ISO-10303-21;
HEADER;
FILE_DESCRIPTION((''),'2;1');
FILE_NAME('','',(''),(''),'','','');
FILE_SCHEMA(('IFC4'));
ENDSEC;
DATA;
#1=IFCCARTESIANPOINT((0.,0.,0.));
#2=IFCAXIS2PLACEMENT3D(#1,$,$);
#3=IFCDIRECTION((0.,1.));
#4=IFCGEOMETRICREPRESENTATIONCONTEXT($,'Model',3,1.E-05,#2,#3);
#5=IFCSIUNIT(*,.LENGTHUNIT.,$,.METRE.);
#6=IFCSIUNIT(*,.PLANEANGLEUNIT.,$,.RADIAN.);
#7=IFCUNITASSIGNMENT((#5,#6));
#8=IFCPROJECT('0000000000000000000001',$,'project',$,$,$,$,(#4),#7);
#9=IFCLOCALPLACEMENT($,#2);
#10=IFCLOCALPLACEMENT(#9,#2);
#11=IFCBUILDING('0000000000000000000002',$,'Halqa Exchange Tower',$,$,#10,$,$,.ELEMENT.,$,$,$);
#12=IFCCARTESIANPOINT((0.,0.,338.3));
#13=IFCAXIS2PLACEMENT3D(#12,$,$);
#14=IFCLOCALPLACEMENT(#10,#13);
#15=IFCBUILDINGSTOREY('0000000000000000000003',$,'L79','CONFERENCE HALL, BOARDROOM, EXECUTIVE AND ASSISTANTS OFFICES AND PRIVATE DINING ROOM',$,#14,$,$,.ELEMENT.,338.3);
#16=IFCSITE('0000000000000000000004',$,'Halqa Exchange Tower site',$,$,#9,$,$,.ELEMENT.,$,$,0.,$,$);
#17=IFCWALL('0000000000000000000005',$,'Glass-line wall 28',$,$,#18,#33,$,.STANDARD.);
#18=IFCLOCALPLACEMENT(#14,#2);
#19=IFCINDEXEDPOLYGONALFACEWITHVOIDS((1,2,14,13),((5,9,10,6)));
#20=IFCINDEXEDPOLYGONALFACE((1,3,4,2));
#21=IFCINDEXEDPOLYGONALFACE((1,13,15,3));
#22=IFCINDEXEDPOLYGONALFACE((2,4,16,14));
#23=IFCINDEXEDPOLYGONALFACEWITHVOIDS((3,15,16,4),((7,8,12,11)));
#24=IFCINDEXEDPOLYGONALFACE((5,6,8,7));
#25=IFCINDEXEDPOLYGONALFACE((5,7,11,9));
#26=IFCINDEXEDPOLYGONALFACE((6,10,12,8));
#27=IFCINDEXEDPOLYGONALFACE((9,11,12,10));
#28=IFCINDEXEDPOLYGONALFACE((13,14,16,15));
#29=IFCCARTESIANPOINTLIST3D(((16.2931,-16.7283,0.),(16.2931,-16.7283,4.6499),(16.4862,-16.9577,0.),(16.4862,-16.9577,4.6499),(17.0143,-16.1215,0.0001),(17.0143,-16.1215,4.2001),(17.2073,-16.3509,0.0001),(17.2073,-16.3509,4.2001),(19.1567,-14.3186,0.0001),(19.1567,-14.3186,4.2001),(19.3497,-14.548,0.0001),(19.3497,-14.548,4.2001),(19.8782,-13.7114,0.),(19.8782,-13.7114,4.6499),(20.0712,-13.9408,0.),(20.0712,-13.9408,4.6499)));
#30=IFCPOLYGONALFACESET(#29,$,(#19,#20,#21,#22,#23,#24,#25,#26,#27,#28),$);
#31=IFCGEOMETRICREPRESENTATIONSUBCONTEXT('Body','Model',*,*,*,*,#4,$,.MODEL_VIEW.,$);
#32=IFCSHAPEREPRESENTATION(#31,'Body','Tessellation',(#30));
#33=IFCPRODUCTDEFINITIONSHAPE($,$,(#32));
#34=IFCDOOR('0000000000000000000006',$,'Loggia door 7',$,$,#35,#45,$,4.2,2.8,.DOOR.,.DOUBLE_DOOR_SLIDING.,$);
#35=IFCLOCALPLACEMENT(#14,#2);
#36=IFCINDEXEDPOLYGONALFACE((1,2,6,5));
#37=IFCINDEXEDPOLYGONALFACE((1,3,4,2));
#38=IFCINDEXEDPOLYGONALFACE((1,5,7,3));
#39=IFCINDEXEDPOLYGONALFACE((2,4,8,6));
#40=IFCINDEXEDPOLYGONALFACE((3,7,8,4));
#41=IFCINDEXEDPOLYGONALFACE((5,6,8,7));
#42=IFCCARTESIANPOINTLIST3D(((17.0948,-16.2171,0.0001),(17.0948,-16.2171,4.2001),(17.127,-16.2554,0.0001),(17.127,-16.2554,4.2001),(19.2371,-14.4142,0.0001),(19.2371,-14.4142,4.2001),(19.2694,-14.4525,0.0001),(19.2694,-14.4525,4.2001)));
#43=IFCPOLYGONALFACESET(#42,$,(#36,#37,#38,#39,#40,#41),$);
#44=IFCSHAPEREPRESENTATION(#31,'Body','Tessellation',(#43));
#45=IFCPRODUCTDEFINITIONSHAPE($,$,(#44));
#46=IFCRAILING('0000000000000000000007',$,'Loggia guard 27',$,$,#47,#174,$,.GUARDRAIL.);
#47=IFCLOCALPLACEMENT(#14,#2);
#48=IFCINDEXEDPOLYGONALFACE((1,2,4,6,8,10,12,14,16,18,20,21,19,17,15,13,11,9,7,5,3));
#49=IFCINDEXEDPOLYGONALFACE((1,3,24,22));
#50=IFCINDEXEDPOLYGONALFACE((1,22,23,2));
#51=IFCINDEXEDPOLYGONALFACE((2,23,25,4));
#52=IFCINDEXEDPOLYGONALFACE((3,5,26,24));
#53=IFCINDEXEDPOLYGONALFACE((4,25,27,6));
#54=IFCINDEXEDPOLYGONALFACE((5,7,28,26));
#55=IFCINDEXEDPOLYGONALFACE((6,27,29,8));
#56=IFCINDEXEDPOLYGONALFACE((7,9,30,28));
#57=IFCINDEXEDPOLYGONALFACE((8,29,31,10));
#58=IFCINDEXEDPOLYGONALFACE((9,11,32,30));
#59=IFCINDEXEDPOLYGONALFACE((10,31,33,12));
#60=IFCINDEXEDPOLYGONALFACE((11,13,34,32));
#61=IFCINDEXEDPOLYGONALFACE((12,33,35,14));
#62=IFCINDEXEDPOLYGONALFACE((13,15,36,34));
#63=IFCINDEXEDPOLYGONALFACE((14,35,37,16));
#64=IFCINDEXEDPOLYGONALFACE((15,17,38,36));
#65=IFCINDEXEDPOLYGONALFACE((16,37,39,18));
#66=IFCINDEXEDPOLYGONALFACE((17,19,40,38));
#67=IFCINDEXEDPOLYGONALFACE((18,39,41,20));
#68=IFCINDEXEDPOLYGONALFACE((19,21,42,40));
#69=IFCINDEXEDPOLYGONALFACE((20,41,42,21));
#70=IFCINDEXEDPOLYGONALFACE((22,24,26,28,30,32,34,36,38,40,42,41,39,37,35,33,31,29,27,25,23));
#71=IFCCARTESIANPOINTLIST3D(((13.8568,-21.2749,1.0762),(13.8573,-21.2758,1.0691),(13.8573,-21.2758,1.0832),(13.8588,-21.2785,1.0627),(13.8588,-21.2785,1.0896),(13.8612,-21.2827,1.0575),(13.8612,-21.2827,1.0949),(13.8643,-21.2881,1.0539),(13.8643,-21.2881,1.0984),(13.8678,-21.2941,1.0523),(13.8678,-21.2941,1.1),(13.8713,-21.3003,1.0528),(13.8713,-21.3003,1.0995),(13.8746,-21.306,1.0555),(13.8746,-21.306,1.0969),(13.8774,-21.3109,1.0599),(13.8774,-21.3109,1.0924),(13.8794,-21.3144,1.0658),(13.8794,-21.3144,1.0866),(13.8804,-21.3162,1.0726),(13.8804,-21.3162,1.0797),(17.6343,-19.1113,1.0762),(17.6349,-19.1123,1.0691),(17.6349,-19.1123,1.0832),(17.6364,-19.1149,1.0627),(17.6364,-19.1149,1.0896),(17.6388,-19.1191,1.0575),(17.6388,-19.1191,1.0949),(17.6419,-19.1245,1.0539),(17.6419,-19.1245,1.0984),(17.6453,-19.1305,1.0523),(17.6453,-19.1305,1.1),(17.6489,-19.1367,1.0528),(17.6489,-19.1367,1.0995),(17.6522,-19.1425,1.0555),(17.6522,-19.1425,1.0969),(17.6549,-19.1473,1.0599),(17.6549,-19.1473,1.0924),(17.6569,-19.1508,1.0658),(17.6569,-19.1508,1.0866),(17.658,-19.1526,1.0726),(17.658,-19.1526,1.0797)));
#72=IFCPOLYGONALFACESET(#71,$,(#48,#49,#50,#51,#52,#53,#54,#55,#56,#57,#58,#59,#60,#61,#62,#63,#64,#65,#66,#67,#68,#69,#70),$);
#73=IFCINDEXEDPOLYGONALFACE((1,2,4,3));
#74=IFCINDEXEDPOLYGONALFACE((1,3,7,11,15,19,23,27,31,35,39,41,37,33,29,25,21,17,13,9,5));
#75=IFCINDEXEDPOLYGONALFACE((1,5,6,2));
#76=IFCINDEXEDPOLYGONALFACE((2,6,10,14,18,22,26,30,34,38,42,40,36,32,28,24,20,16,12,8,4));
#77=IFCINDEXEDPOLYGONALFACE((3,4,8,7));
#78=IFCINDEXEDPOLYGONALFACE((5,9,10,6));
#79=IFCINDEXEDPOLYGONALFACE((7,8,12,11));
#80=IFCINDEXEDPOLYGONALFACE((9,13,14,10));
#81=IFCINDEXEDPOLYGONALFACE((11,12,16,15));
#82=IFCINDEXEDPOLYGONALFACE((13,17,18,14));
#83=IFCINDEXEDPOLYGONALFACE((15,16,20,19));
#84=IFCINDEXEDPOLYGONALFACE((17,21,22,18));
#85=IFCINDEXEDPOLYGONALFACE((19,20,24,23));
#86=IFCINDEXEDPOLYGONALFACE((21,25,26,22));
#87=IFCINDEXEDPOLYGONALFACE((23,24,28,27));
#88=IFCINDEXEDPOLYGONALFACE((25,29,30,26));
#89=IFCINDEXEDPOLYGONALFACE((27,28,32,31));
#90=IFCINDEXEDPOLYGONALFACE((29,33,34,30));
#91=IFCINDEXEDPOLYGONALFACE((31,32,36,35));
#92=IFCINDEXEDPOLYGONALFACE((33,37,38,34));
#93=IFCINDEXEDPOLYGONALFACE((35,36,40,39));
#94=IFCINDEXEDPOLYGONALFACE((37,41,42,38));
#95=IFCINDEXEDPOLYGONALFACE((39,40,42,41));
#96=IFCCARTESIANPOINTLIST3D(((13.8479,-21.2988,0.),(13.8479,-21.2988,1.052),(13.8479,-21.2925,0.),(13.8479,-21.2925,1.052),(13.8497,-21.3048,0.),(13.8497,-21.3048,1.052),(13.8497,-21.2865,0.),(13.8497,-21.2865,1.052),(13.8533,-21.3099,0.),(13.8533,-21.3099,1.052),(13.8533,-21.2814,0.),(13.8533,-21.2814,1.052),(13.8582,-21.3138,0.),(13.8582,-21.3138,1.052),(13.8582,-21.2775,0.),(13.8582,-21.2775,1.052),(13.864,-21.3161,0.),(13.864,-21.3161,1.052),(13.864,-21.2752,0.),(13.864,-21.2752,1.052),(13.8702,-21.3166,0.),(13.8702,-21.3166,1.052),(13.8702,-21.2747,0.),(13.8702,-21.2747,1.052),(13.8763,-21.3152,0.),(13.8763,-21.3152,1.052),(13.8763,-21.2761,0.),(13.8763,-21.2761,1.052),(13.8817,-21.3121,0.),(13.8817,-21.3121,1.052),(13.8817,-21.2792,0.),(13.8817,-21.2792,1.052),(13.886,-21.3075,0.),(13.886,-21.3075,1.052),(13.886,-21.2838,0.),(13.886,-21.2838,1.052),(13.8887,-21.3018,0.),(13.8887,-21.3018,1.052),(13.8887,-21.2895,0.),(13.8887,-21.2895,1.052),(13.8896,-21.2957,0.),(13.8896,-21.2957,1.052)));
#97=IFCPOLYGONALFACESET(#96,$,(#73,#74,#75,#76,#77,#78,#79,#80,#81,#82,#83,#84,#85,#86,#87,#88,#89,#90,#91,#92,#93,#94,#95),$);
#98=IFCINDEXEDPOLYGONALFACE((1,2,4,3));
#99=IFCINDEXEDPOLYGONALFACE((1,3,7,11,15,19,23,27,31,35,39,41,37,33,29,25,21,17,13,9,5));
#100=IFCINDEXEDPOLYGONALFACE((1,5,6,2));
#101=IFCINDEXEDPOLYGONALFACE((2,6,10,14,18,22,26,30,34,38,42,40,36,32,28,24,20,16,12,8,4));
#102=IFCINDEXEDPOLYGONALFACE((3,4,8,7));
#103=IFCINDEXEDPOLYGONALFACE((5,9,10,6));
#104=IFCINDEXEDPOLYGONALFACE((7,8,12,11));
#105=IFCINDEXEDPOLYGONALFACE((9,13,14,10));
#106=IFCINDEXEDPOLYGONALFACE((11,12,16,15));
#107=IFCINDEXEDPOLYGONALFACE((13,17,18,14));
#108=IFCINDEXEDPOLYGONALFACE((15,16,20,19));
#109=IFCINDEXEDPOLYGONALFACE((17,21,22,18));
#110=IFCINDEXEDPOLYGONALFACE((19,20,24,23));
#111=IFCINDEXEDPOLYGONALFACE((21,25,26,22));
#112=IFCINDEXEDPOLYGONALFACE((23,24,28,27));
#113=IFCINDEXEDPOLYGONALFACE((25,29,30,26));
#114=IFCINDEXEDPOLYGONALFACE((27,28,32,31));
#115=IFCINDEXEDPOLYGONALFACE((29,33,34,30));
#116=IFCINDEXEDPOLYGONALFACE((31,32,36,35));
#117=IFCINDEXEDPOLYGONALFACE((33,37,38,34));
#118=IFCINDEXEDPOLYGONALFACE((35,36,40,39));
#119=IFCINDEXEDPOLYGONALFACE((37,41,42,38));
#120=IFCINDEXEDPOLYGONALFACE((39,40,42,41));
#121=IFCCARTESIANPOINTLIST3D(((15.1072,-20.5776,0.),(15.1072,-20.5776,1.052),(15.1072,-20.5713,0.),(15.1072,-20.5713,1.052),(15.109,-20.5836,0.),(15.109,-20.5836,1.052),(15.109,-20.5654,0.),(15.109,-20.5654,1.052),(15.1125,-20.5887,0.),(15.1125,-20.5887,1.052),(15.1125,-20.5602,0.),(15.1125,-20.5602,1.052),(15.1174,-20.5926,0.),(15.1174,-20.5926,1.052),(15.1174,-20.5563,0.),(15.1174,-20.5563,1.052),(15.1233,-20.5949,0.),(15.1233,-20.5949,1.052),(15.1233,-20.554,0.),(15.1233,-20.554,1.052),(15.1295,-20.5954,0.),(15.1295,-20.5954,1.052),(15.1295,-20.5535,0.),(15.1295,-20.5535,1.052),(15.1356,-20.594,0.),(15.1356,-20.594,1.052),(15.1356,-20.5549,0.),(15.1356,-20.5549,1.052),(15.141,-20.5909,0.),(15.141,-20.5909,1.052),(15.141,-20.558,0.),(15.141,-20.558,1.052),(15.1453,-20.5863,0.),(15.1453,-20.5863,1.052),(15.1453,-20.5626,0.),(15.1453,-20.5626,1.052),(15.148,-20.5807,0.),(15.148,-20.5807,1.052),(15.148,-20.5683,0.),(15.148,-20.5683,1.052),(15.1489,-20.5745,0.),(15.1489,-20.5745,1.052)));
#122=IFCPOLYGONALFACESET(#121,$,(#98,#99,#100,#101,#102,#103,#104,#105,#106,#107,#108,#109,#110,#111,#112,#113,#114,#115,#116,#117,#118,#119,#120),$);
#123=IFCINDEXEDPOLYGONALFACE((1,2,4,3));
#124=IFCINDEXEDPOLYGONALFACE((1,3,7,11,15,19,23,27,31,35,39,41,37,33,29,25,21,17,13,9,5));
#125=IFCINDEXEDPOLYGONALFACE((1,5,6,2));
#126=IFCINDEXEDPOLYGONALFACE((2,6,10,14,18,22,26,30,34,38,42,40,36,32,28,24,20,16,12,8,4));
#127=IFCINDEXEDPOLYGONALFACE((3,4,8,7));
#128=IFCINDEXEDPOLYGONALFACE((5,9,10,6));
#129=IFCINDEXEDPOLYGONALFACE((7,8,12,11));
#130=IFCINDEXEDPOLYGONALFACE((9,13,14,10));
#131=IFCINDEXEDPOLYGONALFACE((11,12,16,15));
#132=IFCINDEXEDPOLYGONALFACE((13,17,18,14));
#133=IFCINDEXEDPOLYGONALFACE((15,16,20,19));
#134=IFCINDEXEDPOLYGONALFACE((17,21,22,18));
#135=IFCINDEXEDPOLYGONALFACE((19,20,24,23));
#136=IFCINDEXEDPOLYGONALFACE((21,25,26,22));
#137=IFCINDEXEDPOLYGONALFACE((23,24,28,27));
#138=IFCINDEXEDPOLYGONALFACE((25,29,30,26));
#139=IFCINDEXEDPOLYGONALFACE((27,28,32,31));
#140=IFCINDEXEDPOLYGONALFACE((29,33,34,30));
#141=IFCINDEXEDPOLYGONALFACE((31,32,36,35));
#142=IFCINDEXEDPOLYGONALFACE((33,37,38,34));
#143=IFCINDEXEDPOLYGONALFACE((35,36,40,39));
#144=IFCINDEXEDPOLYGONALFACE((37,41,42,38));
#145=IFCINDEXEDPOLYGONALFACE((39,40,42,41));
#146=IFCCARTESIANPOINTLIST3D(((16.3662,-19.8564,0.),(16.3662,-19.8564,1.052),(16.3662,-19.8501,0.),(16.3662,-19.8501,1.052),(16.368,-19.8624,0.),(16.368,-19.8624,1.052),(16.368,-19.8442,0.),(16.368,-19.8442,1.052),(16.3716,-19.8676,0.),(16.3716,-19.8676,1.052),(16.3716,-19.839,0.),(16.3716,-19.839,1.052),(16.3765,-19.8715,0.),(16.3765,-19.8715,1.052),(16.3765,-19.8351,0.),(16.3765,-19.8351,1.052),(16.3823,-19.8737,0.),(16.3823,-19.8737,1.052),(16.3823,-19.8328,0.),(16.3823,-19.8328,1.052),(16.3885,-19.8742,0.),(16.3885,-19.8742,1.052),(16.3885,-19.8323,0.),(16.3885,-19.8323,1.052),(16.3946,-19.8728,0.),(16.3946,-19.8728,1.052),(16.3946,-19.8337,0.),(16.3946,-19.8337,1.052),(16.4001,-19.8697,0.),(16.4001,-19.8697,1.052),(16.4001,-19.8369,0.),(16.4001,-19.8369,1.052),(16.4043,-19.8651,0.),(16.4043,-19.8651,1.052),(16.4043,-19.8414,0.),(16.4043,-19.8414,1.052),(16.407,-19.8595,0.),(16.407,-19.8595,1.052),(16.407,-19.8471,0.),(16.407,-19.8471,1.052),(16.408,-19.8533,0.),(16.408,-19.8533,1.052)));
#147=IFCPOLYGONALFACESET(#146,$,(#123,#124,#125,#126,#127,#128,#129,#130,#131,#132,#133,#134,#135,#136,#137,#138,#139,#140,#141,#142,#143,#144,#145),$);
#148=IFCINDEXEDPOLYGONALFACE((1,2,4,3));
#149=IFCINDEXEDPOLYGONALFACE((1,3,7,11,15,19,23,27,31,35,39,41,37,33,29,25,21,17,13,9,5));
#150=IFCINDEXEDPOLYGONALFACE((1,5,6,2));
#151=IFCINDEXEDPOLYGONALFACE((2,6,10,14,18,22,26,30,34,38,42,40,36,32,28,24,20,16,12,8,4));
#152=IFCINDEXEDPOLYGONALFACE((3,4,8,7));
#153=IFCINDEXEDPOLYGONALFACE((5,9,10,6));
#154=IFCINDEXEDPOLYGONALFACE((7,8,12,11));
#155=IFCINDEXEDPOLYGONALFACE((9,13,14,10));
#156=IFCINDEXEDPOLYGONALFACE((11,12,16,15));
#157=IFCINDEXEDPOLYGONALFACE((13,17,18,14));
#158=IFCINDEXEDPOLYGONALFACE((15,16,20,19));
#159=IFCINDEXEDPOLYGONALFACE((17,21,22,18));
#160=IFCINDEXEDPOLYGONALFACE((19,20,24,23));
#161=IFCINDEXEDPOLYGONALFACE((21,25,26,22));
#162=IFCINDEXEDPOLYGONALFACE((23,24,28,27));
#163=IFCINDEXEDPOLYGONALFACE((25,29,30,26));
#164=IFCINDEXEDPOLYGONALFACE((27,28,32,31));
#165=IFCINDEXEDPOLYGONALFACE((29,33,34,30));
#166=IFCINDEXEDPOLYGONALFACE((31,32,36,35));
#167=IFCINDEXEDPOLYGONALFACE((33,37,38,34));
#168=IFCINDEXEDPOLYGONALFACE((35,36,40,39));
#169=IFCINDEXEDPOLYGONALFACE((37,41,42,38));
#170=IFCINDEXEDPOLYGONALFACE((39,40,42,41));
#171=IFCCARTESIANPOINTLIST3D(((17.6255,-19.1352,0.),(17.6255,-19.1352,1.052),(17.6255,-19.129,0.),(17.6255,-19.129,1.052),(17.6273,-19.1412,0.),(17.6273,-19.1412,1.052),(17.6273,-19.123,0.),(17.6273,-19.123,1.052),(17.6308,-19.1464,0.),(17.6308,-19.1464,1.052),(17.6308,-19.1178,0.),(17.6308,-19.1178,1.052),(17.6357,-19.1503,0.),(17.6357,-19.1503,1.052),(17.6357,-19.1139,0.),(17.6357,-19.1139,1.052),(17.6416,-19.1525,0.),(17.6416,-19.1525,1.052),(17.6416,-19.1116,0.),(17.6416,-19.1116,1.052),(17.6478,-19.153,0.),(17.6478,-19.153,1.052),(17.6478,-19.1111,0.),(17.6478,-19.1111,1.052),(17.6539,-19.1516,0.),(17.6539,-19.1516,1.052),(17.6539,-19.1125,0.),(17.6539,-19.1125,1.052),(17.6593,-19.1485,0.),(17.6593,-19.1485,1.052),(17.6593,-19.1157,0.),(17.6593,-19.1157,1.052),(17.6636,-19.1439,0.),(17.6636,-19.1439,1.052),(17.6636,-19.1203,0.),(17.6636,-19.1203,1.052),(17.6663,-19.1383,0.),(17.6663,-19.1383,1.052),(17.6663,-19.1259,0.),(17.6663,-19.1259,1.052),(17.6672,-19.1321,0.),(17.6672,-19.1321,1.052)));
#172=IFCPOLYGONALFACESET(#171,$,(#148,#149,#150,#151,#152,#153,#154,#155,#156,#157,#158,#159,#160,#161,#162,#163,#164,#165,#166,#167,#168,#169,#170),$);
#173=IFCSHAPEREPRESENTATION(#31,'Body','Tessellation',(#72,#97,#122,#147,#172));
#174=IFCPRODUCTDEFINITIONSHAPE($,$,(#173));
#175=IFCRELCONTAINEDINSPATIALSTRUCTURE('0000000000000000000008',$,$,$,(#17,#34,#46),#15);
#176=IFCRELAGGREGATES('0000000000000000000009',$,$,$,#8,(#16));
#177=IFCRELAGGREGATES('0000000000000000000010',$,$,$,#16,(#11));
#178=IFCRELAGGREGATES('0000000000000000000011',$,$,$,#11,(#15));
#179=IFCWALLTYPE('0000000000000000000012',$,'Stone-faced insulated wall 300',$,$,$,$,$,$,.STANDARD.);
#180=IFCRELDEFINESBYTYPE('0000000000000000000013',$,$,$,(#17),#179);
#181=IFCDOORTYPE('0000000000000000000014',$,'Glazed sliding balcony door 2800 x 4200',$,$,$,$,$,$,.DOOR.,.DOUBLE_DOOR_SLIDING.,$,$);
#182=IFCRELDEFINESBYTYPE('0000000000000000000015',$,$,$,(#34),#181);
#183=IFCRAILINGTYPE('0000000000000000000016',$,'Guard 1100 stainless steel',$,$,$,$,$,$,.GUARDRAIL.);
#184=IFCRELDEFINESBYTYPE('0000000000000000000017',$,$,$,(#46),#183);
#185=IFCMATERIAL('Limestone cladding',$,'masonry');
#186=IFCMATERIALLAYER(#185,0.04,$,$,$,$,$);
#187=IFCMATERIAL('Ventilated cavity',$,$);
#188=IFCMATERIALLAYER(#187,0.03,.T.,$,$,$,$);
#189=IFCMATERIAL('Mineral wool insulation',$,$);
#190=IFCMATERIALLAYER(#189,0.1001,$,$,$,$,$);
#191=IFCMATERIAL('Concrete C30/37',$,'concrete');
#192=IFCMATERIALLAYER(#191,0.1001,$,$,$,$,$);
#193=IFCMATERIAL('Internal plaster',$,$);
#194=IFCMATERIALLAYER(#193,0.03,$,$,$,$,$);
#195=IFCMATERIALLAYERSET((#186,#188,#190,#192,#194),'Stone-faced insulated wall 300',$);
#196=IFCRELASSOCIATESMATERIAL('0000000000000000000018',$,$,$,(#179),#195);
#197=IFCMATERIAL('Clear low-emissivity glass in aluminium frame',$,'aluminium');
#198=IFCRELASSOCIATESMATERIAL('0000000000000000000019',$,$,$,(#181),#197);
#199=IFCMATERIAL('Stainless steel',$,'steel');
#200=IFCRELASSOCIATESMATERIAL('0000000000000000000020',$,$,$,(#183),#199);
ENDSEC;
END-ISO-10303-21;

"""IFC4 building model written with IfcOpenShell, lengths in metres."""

from ifc_helpers import new_model, si_unit, direction, frame, frame_2d, origin, origin_2d, place, context, subcontext, project, spatial, polyline, rectangle, circle, outline, extrude, material, layer, layer_set, type_object, element, fill, save


model = new_model("IFC4")

# Units and contexts
model_context = context("Model", 3, precision=1e-05, world=origin(), true_north=direction((0.0, 1.0)))
body_context = subcontext(model_context, "Body", "Model", "MODEL_VIEW")
ifc_project = project(units=[si_unit("LENGTHUNIT", "METRE"), si_unit("PLANEANGLEUNIT", "RADIAN")], contexts=[model_context])

# Site, building, storey
site_placement = place(None, origin())
site = spatial("IfcSite", under=ifc_project, at=site_placement, Name="Halqa Exchange Tower site", CompositionType="ELEMENT", RefElevation=0.0)
building_placement = place(site_placement, origin())
building = spatial("IfcBuilding", under=site, at=building_placement, Name="Halqa Exchange Tower", CompositionType="ELEMENT")
storey_placement = place(building_placement, frame((0.0, 0.0, 338.3)))
storey = spatial("IfcBuildingStorey", under=building, at=storey_placement, Name="L79", Description="CONFERENCE HALL, BOARDROOM, EXECUTIVE AND ASSISTANTS OFFICES AND PRIVATE DINING ROOM", CompositionType="ELEMENT", Elevation=338.3)

# Wall, opening, door
ifc_material_1 = material(Name="Limestone cladding", Category="masonry")
ifc_layer_1 = layer(ifc_material_1, 0.04)
ifc_material_2 = material(Name="Ventilated cavity")
ifc_layer_2 = layer(ifc_material_2, 0.03, ventilated=True)
ifc_material_3 = material(Name="Mineral wool insulation")
ifc_layer_3 = layer(ifc_material_3, 0.1001)
ifc_material_4 = material(Name="Concrete C30/37", Category="concrete")
ifc_layer_4 = layer(ifc_material_4, 0.1001)
ifc_material_5 = material(Name="Internal plaster")
ifc_layer_5 = layer(ifc_material_5, 0.03)
ifc_layer_set_1 = layer_set([ifc_layer_1, ifc_layer_2, ifc_layer_3, ifc_layer_4, ifc_layer_5], Name="Stone-faced insulated wall 300")
wall_type_1 = type_object("IfcWallType", Name="Stone-faced insulated wall 300", PredefinedType="STANDARD", material=ifc_layer_set_1)
wall_1_placement = place(storey_placement, frame((16.3896, -16.843, 0.0), z_axis=(0.0, 0.0, 1.0), x_axis=(0.765129, 0.643877, 0.0)))
wall_1 = element("IfcWall", 1, at=wall_1_placement, inside=storey, type_object=wall_type_1, Name="Glass-line wall 28", PredefinedType="STANDARD", context=body_context, shape_type="SweptSolid", body=[
    extrude(outline(polyline([(0.0, -0.1499), (4.6855, -0.1499), (4.6855, 0.1499), (0.0, 0.1499), (0.0, -0.1499)])), origin(), (0.0, 0.0, 1.0), 4.6499),
])
opening_1_placement = place(wall_1_placement, frame((0.9426, 0.0, 0.0)))
opening_1 = element("IfcOpeningElement", 2, at=opening_1_placement, cuts=wall_1, PredefinedType="OPENING", context=body_context, shape_type="SweptSolid", body=[
    extrude(rectangle(XDim=2.8, YDim=4.2, at=frame_2d((1.3999, 2.1001))), frame((0.0, 0.1621, 0.0), z_axis=(0.0, -1.0, 0.0), x_axis=(1.0, 0.0, 0.0)), (0.0, 0.0, 1.0), 0.324),
])
ifc_material_6 = material(Name="Clear low-emissivity glass in aluminium frame", Category="aluminium")
door_type_1 = type_object("IfcDoorType", Name="Glazed sliding balcony door 2800 x 4200", OperationType="DOUBLE_DOOR_SLIDING", PredefinedType="DOOR", material=ifc_material_6)
door_1_placement = place(opening_1_placement, origin())
door_1 = element("IfcDoor", 3, at=door_1_placement, inside=storey, type_object=door_type_1, Name="Loggia door 7", OperationType="DOUBLE_DOOR_SLIDING", OverallHeight=4.2, OverallWidth=2.8, PredefinedType="DOOR", context=body_context, shape_type="SweptSolid", body=[
    extrude(rectangle(XDim=2.8, YDim=4.2, at=frame_2d((1.3999, 2.1001))), frame((0.0, 0.0249, 0.0), z_axis=(0.0, -1.0, 0.0), x_axis=(1.0, 0.0, 0.0)), (0.0, 0.0, 1.0), 0.05),
])
fill(opening_1, door_1)

# Railing
ifc_material_7 = material(Name="Stainless steel", Category="steel")
railing_type = type_object("IfcRailingType", Name="Guard 1100 stainless steel", PredefinedType="GUARDRAIL", material=ifc_material_7)
railing_1_placement = place(storey_placement, frame((13.8687, -21.2957, 0.0)))
element("IfcRailing", 4, at=railing_1_placement, inside=storey, type_object=railing_type, Name="Loggia guard 27", PredefinedType="GUARDRAIL", context=body_context, shape_type="SweptSolid", body=[
    extrude(circle(Radius=0.0239, at=origin_2d()), frame((0.0, 0.0, 1.0762), z_axis=(0.867753, 0.496996, 0.0), x_axis=(-0.496996, 0.867753, 0.0)), (0.0, 0.0, 1.0), 4.3533),
    extrude(circle(Radius=0.021, at=origin_2d()), origin(), (0.0, 0.0, 1.0), 1.052),
    extrude(circle(Radius=0.021, at=origin_2d()), frame((1.2593, 0.7212, 0.0)), (0.0, 0.0, 1.0), 1.052),
    extrude(circle(Radius=0.021, at=origin_2d()), frame((2.5183, 1.4424, 0.0)), (0.0, 0.0, 1.0), 1.052),
    extrude(circle(Radius=0.021, at=origin_2d()), frame((3.7776, 2.1636, 0.0)), (0.0, 0.0, 1.0), 1.052),
])

save(model, "model.ifc")
